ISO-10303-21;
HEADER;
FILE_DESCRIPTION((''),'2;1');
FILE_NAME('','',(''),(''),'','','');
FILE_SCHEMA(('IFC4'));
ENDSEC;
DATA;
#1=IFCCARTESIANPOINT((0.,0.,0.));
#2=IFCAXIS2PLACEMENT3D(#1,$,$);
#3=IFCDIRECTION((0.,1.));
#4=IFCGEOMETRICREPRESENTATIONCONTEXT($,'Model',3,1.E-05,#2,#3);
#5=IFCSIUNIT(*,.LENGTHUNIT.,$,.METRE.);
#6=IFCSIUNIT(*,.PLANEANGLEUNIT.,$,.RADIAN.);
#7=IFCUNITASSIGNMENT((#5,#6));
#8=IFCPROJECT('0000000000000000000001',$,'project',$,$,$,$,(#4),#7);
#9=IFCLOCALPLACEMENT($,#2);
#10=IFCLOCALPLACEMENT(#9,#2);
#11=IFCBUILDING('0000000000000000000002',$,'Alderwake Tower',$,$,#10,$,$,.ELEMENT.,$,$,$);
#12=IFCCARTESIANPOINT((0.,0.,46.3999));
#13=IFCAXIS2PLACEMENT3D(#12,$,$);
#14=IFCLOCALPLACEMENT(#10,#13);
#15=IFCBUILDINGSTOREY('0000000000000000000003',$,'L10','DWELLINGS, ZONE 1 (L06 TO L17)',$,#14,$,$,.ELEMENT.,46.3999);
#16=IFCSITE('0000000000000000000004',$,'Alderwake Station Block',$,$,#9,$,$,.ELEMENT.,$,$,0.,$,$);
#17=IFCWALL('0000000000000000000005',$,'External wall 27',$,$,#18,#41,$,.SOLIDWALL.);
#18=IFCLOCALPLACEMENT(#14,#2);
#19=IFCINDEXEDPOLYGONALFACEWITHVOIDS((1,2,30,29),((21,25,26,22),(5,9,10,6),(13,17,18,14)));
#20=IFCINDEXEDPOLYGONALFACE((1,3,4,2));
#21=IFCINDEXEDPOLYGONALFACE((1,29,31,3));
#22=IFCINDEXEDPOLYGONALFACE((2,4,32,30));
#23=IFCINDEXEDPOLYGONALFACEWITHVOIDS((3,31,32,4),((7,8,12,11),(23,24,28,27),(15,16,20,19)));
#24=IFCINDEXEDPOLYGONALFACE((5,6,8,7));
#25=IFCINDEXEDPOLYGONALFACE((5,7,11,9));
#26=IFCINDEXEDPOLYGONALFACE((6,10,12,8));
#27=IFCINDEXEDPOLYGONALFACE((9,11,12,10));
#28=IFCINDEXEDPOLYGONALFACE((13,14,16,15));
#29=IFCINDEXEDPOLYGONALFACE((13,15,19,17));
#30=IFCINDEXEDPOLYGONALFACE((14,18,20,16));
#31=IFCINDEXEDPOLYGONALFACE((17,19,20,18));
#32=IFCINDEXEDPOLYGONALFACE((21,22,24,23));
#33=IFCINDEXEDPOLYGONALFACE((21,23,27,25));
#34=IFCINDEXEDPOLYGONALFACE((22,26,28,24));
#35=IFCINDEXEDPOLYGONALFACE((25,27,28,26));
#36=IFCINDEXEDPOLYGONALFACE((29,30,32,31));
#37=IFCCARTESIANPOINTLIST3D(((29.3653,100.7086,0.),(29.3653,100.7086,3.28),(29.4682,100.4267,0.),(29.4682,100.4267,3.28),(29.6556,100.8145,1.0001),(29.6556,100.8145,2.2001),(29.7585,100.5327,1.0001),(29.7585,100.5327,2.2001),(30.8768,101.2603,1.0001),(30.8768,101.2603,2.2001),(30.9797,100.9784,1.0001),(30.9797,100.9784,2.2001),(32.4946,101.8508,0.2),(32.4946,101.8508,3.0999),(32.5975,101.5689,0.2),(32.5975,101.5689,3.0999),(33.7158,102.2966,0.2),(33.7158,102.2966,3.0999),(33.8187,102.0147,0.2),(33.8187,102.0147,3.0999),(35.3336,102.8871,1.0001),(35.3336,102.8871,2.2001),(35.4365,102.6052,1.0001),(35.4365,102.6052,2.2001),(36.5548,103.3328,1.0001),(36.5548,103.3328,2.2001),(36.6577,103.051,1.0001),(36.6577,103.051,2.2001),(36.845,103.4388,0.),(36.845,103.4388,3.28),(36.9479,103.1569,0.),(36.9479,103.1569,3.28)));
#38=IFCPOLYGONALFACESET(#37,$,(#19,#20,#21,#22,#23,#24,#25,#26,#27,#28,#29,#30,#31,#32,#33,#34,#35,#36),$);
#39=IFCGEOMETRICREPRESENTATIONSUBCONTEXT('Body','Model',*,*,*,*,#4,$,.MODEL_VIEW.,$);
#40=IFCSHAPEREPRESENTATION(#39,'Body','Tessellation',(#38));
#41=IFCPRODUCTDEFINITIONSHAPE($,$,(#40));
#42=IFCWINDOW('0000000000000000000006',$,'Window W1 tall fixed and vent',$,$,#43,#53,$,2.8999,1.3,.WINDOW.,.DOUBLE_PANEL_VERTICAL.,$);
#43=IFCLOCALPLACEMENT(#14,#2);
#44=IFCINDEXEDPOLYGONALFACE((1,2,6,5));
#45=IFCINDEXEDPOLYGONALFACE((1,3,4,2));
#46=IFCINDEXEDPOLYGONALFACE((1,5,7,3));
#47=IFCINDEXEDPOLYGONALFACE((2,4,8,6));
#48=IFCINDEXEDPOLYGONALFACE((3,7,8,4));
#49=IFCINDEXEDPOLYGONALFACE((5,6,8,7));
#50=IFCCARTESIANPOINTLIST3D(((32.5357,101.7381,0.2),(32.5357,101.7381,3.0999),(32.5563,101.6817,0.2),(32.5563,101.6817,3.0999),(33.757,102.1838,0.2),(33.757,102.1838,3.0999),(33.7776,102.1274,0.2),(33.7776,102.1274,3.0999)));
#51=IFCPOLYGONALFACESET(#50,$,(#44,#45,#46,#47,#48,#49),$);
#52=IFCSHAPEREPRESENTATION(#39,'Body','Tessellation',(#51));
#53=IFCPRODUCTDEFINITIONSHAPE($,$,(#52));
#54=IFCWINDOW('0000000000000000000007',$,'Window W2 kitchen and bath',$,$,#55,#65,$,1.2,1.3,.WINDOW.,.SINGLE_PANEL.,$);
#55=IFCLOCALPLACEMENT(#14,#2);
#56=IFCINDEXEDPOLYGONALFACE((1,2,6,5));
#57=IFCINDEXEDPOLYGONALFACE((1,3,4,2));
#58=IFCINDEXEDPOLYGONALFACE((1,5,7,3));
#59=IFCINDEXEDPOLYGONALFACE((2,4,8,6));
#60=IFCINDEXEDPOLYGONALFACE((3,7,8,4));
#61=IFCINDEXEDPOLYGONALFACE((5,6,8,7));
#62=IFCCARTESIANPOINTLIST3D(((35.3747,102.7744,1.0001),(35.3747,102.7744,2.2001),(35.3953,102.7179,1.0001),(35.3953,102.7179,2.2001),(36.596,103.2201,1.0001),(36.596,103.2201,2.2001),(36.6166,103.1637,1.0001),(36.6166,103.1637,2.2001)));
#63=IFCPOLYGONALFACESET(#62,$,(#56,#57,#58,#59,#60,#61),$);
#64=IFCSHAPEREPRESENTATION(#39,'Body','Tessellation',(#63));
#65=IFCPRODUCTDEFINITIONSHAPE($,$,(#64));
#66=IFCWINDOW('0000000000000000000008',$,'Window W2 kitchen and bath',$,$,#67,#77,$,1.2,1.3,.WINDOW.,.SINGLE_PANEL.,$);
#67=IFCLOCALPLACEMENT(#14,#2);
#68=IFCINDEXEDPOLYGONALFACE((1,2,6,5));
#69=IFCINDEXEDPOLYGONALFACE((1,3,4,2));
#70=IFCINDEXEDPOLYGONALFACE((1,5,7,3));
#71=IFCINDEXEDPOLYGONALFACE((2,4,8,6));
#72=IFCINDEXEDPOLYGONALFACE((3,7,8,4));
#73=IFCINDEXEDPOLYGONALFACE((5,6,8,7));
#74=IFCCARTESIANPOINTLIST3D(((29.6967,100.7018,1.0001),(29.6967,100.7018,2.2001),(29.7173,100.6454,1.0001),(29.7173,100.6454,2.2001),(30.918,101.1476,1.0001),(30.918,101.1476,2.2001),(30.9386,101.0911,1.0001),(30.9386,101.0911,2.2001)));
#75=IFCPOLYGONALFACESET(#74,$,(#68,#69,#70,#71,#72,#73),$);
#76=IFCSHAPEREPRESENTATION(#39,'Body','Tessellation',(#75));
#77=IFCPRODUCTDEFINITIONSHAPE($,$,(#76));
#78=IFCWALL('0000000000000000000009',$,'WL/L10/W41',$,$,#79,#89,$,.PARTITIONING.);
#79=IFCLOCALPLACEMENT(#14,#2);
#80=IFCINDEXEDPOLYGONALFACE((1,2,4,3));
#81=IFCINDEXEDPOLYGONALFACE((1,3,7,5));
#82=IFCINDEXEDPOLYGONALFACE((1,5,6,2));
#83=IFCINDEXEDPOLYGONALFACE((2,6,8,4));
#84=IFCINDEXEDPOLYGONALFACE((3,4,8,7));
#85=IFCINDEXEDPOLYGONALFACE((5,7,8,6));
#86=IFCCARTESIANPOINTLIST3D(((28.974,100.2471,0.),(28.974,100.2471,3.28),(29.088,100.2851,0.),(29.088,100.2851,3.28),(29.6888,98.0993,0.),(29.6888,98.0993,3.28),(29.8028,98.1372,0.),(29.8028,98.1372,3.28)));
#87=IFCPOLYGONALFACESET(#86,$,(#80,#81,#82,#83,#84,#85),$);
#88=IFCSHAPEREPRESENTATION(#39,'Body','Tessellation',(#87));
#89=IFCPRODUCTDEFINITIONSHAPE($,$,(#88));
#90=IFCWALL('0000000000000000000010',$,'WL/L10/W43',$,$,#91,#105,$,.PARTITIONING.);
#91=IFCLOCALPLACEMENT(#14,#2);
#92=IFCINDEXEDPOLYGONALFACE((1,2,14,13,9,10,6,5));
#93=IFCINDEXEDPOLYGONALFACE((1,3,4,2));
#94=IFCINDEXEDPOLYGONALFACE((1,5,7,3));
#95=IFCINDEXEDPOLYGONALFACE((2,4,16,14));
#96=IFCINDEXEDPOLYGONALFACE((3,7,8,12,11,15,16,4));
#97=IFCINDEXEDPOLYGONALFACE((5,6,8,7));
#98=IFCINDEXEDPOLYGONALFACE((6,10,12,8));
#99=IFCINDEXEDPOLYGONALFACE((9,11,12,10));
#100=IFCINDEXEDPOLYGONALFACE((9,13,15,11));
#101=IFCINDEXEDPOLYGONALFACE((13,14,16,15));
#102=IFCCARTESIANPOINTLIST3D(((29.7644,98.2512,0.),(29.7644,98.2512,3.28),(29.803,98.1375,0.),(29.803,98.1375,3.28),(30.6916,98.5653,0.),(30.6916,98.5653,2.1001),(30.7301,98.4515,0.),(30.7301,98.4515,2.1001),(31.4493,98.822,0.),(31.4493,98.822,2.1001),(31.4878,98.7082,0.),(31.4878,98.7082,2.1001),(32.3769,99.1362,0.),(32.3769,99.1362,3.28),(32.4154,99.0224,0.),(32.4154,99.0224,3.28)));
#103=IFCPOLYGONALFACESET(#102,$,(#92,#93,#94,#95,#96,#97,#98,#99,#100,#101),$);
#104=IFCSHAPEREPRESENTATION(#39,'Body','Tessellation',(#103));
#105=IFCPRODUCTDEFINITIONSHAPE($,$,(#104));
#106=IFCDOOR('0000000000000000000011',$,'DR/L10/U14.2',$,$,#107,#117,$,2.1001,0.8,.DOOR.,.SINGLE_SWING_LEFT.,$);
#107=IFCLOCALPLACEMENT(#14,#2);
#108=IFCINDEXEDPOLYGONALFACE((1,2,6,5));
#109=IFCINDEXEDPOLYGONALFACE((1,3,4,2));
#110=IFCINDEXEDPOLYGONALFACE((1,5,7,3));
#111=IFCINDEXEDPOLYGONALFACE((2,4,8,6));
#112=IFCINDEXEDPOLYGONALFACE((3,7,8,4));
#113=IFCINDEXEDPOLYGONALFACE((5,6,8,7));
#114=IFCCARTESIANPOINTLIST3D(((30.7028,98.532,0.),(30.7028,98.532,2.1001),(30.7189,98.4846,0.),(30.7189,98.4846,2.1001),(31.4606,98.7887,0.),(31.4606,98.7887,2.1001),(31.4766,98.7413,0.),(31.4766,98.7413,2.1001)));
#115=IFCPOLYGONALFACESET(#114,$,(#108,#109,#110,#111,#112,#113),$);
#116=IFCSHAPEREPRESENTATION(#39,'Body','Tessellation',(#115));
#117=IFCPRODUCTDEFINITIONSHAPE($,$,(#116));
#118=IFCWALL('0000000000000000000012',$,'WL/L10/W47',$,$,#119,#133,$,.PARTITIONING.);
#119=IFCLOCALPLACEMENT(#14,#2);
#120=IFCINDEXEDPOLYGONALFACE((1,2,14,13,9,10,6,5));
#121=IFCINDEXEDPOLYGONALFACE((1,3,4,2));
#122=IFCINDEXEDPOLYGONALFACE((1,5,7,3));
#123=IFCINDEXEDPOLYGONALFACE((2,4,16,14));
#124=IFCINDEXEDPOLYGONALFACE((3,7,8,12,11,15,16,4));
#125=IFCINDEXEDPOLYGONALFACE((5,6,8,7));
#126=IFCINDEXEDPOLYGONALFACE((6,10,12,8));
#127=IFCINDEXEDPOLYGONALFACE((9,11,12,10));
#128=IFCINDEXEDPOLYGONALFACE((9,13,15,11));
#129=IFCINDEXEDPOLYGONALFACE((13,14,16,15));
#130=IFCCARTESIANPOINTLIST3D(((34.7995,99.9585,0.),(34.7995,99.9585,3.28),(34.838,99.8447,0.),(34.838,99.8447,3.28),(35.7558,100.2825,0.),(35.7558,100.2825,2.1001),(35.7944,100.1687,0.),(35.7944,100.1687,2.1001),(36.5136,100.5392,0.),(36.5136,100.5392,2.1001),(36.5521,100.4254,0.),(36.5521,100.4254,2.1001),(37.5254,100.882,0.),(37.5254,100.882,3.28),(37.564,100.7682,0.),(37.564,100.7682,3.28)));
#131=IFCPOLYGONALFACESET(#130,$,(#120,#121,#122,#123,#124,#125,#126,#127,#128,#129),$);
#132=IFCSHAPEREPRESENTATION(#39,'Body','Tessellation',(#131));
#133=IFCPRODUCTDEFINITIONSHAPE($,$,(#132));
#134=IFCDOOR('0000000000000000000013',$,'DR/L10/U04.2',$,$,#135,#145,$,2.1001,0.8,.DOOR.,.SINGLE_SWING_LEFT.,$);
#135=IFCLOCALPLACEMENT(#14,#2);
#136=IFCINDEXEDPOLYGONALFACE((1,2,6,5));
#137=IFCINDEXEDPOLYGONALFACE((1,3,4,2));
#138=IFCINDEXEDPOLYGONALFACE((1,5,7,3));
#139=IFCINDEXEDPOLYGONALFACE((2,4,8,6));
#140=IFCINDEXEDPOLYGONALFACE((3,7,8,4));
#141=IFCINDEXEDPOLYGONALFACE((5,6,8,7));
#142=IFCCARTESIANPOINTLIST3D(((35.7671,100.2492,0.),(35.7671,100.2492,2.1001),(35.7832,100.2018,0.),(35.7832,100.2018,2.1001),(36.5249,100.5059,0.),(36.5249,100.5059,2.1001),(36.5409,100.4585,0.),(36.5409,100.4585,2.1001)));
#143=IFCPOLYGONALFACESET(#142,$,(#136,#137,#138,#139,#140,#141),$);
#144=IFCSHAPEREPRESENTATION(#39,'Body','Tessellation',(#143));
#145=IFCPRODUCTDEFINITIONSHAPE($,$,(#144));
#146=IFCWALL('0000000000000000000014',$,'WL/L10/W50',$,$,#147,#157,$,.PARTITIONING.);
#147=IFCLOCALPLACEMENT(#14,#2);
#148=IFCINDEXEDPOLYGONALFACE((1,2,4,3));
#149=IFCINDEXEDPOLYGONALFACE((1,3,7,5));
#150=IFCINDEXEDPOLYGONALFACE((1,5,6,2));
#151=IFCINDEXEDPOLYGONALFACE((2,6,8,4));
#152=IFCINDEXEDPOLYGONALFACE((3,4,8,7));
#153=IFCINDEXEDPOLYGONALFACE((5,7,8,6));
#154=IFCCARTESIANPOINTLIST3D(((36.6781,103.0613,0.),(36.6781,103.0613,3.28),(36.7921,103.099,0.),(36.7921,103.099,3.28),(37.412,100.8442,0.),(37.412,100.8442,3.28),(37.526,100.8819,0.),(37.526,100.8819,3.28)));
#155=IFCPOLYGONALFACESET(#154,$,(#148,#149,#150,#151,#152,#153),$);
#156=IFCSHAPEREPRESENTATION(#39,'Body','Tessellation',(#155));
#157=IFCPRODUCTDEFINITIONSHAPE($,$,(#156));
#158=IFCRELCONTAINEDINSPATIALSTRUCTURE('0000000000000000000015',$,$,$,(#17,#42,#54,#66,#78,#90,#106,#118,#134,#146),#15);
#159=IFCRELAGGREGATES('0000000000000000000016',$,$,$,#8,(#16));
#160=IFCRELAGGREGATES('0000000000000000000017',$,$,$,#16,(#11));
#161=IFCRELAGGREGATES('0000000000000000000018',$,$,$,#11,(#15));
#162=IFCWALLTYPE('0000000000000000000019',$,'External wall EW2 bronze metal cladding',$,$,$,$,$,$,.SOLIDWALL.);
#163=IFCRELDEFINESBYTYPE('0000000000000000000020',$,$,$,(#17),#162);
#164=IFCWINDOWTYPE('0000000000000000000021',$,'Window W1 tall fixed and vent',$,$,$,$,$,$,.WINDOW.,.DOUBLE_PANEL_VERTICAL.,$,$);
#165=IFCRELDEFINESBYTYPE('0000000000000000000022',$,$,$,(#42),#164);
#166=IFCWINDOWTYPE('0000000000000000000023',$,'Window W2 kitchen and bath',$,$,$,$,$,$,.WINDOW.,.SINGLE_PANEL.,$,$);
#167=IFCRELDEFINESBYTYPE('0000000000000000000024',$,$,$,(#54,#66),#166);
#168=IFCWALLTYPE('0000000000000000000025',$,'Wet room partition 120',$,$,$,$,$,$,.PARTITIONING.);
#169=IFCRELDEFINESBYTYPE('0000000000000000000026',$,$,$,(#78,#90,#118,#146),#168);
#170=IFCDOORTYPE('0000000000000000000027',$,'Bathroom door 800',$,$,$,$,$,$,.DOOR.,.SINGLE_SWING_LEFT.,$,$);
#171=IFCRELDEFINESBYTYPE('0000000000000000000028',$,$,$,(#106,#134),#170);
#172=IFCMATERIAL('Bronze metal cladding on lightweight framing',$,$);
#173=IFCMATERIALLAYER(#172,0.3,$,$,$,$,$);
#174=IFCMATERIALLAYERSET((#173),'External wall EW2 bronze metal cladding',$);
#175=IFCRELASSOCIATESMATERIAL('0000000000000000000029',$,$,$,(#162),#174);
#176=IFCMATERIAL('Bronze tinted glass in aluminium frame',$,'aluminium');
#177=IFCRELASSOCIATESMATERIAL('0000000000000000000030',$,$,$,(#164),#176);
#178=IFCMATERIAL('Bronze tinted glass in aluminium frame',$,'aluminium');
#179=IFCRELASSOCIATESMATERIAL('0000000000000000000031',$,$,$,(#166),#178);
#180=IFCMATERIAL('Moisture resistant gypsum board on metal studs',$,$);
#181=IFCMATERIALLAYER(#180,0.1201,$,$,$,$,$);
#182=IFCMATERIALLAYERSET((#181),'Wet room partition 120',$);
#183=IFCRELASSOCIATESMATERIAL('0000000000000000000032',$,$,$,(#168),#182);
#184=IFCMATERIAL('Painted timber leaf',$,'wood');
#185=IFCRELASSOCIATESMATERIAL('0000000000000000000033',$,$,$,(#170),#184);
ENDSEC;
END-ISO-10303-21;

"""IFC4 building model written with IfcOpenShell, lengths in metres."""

from ifc_helpers import new_model, si_unit, direction, frame, frame_2d, origin, place, context, subcontext, project, spatial, rectangle, extrude, material, layer, layer_set, type_object, element, fill, save


model = new_model("IFC4")

# Units and contexts
model_context = context("Model", 3, precision=1e-05, world=origin(), true_north=direction((0.0, 1.0)))
body_context = subcontext(model_context, "Body", "Model", "MODEL_VIEW")
ifc_project = project(units=[si_unit("LENGTHUNIT", "METRE"), si_unit("PLANEANGLEUNIT", "RADIAN")], contexts=[model_context])

# Site, building, storey
site_placement = place(None, origin())
site = spatial("IfcSite", under=ifc_project, at=site_placement, Name="Alderwake Station Block", CompositionType="ELEMENT", RefElevation=0.0)
building_placement = place(site_placement, origin())
building = spatial("IfcBuilding", under=site, at=building_placement, Name="Alderwake Tower", CompositionType="ELEMENT")
storey_placement = place(building_placement, frame((0.0, 0.0, 46.3999)))
storey = spatial("IfcBuildingStorey", under=building, at=storey_placement, Name="L10", Description="DWELLINGS, ZONE 1 (L06 TO L17)", CompositionType="ELEMENT", Elevation=46.3999)

# Wall, openings, windows
ifc_material_1 = material(Name="Bronze metal cladding on lightweight framing")
ifc_layer_1 = layer(ifc_material_1, 0.3)
ifc_layer_set_1 = layer_set([ifc_layer_1], Name="External wall EW2 bronze metal cladding")
wall_type_1 = type_object("IfcWallType", Name="External wall EW2 bronze metal cladding", PredefinedType="SOLIDWALL", material=ifc_layer_set_1)
wall_1_placement = place(storey_placement, frame((36.8965, 103.2979, 0.0), z_axis=(0.0, 0.0, 1.0), x_axis=(-0.939376, -0.342888, 0.0)))
wall_1 = element("IfcWall", 1, at=wall_1_placement, inside=storey, type_object=wall_type_1, Name="External wall 27", PredefinedType="SOLIDWALL", context=body_context, shape_type="SweptSolid", body=[
    extrude(rectangle(XDim=7.9624, YDim=0.3, at=frame_2d((3.9812, 0.0))), origin(), (0.0, 0.0, 1.0), 3.28),
])
opening_1_placement = place(wall_1_placement, frame((0.3091, 0.0, 1.0)))
opening_1 = element("IfcOpeningElement", 2, at=opening_1_placement, cuts=wall_1, PredefinedType="OPENING", context=body_context, shape_type="SweptSolid", body=[
    extrude(rectangle(XDim=1.3, YDim=1.2, at=frame_2d((0.6499, 0.6001))), frame((0.0, 0.1599, 0.0), z_axis=(0.0, -1.0, 0.0), x_axis=(1.0, 0.0, 0.0)), (0.0, 0.0, 1.0), 0.3201),
])
opening_2_placement = place(wall_1_placement, frame((3.3313, 0.0, 0.2)))
opening_2 = element("IfcOpeningElement", 3, at=opening_2_placement, cuts=wall_1, PredefinedType="OPENING", context=body_context, shape_type="SweptSolid", body=[
    extrude(rectangle(XDim=1.3, YDim=2.8999, at=frame_2d((0.6499, 1.45))), frame((0.0, 0.1599, 0.0), z_axis=(0.0, -1.0, 0.0), x_axis=(1.0, 0.0, 0.0)), (0.0, 0.0, 1.0), 0.3201),
])
opening_3_placement = place(wall_1_placement, frame((6.3535, 0.0, 1.0)))
opening_3 = element("IfcOpeningElement", 4, at=opening_3_placement, cuts=wall_1, PredefinedType="OPENING", context=body_context, shape_type="SweptSolid", body=[
    extrude(rectangle(XDim=1.3, YDim=1.2, at=frame_2d((0.6499, 0.6001))), frame((0.0, 0.1599, 0.0), z_axis=(0.0, -1.0, 0.0), x_axis=(1.0, 0.0, 0.0)), (0.0, 0.0, 1.0), 0.3201),
])
ifc_material_2 = material(Name="Bronze tinted glass in aluminium frame", Category="aluminium")
window_type_1 = type_object("IfcWindowType", Name="Window W1 tall fixed and vent", PartitioningType="DOUBLE_PANEL_VERTICAL", PredefinedType="WINDOW", material=ifc_material_2)
window_1_placement = place(opening_2_placement, origin())
window_1 = element("IfcWindow", 5, at=window_1_placement, inside=storey, type_object=window_type_1, Name="Window W1 tall fixed and vent", OverallHeight=2.8999, OverallWidth=1.3, PartitioningType="DOUBLE_PANEL_VERTICAL", PredefinedType="WINDOW", context=body_context, shape_type="SweptSolid", body=[
    extrude(rectangle(XDim=1.3, YDim=2.8999, at=frame_2d((0.6499, 1.45))), frame((0.0, 0.03, 0.0), z_axis=(0.0, -1.0, 0.0), x_axis=(1.0, 0.0, 0.0)), (0.0, 0.0, 1.0), 0.0601),
])
fill(opening_2, window_1)
ifc_material_3 = material(Name="Bronze tinted glass in aluminium frame", Category="aluminium")
window_type_2 = type_object("IfcWindowType", Name="Window W2 kitchen and bath", PartitioningType="SINGLE_PANEL", PredefinedType="WINDOW", material=ifc_material_3)
window_2_placement = place(opening_1_placement, origin())
window_2 = element("IfcWindow", 6, at=window_2_placement, inside=storey, type_object=window_type_2, Name="Window W2 kitchen and bath", OverallHeight=1.2, OverallWidth=1.3, PartitioningType="SINGLE_PANEL", PredefinedType="WINDOW", context=body_context, shape_type="SweptSolid", body=[
    extrude(rectangle(XDim=1.3, YDim=1.2, at=frame_2d((0.6499, 0.6001))), frame((0.0, 0.03, 0.0), z_axis=(0.0, -1.0, 0.0), x_axis=(1.0, 0.0, 0.0)), (0.0, 0.0, 1.0), 0.0601),
])
fill(opening_1, window_2)
window_3_placement = place(opening_3_placement, origin())
window_3 = element("IfcWindow", 7, at=window_3_placement, inside=storey, type_object=window_type_2, Name="Window W2 kitchen and bath", OverallHeight=1.2, OverallWidth=1.3, PartitioningType="SINGLE_PANEL", PredefinedType="WINDOW", context=body_context, shape_type="SweptSolid", body=[
    extrude(rectangle(XDim=1.3, YDim=1.2, at=frame_2d((0.6499, 0.6001))), frame((0.0, 0.03, 0.0), z_axis=(0.0, -1.0, 0.0), x_axis=(1.0, 0.0, 0.0)), (0.0, 0.0, 1.0), 0.0601),
])
fill(opening_3, window_3)

# Wall
ifc_material_4 = material(Name="Moisture resistant gypsum board on metal studs")
ifc_layer_2 = layer(ifc_material_4, 0.1201)
ifc_layer_set_2 = layer_set([ifc_layer_2], Name="Wet room partition 120")
wall_type_2 = type_object("IfcWallType", Name="Wet room partition 120", PredefinedType="PARTITIONING", material=ifc_layer_set_2)
wall_2_placement = place(storey_placement, frame((29.031, 100.2661, 0.0), z_axis=(0.0, 0.0, 1.0), x_axis=(0.315775, -0.948834, 0.0)))
element("IfcWall", 8, at=wall_2_placement, inside=storey, type_object=wall_type_2, Name="WL/L10/W41", PredefinedType="PARTITIONING", context=body_context, shape_type="SweptSolid", body=[
    extrude(rectangle(XDim=2.2637, YDim=0.1201, at=frame_2d((1.1318, 0.0))), origin(), (0.0, 0.0, 1.0), 3.28),
])

# Walls, openings, doors
wall_3_placement = place(storey_placement, frame((29.7837, 98.1943, 0.0), z_axis=(0.0, 0.0, 1.0), x_axis=(0.947132, 0.320844, 0.0)))
wall_3 = element("IfcWall", 9, at=wall_3_placement, inside=storey, type_object=wall_type_2, Name="WL/L10/W43", PredefinedType="PARTITIONING", context=body_context, shape_type="SweptSolid", body=[
    extrude(rectangle(XDim=2.7583, YDim=0.1201, at=frame_2d((1.3792, 0.0))), origin(), (0.0, 0.0, 1.0), 3.28),
])
opening_4_placement = place(wall_3_placement, frame((0.979, 0.0, 0.0)))
opening_4 = element("IfcOpeningElement", 10, at=opening_4_placement, cuts=wall_3, PredefinedType="OPENING", context=body_context, shape_type="SweptSolid", body=[
    extrude(rectangle(XDim=0.8, YDim=2.1001, at=frame_2d((0.3999, 1.05))), frame((0.0, 0.0701, 0.0), z_axis=(0.0, -1.0, 0.0), x_axis=(1.0, 0.0, 0.0)), (0.0, 0.0, 1.0), 0.1401),
])
ifc_material_5 = material(Name="Painted timber leaf", Category="wood")
door_type_1 = type_object("IfcDoorType", Name="Bathroom door 800", OperationType="SINGLE_SWING_LEFT", PredefinedType="DOOR", material=ifc_material_5)
door_1_placement = place(opening_4_placement, origin())
door_1 = element("IfcDoor", 11, at=door_1_placement, inside=storey, type_object=door_type_1, Name="DR/L10/U14.2", OperationType="SINGLE_SWING_LEFT", OverallHeight=2.1001, OverallWidth=0.8, PredefinedType="DOOR", context=body_context, shape_type="SweptSolid", body=[
    extrude(rectangle(XDim=0.8, YDim=2.1001, at=frame_2d((0.3999, 1.05))), frame((0.0, 0.0249, 0.0), z_axis=(0.0, -1.0, 0.0), x_axis=(1.0, 0.0, 0.0)), (0.0, 0.0, 1.0), 0.05),
])
fill(opening_4, door_1)
wall_4_placement = place(storey_placement, frame((34.8188, 99.9016, 0.0), z_axis=(0.0, 0.0, 1.0), x_axis=(0.94712, 0.320881, 0.0)))
wall_4 = element("IfcWall", 12, at=wall_4_placement, inside=storey, type_object=wall_type_2, Name="WL/L10/W47", PredefinedType="PARTITIONING", context=body_context, shape_type="SweptSolid", body=[
    extrude(rectangle(XDim=2.8782, YDim=0.1201, at=frame_2d((1.439, 0.0))), origin(), (0.0, 0.0, 1.0), 3.28),
])
opening_5_placement = place(wall_4_placement, frame((1.0098, 0.0, 0.0)))
opening_5 = element("IfcOpeningElement", 13, at=opening_5_placement, cuts=wall_4, PredefinedType="OPENING", context=body_context, shape_type="SweptSolid", body=[
    extrude(rectangle(XDim=0.8, YDim=2.1001, at=frame_2d((0.3999, 1.05))), frame((0.0, 0.0701, 0.0), z_axis=(0.0, -1.0, 0.0), x_axis=(1.0, 0.0, 0.0)), (0.0, 0.0, 1.0), 0.1401),
])
door_2_placement = place(opening_5_placement, origin())
door_2 = element("IfcDoor", 14, at=door_2_placement, inside=storey, type_object=door_type_1, Name="DR/L10/U04.2", OperationType="SINGLE_SWING_LEFT", OverallHeight=2.1001, OverallWidth=0.8, PredefinedType="DOOR", context=body_context, shape_type="SweptSolid", body=[
    extrude(rectangle(XDim=0.8, YDim=2.1001, at=frame_2d((0.3999, 1.05))), frame((0.0, 0.0249, 0.0), z_axis=(0.0, -1.0, 0.0), x_axis=(1.0, 0.0, 0.0)), (0.0, 0.0, 1.0), 0.05),
])
fill(opening_5, door_2)

# Wall
wall_5_placement = place(storey_placement, frame((37.469, 100.863, 0.0), z_axis=(0.0, 0.0, 1.0), x_axis=(-0.314251, 0.94934, 0.0)))
element("IfcWall", 15, at=wall_5_placement, inside=storey, type_object=wall_type_2, Name="WL/L10/W50", PredefinedType="PARTITIONING", context=body_context, shape_type="SweptSolid", body=[
    extrude(rectangle(XDim=2.3354, YDim=0.1201, at=frame_2d((1.1677, 0.0))), origin(), (0.0, 0.0, 1.0), 3.28),
])

save(model, "model.ifc")
